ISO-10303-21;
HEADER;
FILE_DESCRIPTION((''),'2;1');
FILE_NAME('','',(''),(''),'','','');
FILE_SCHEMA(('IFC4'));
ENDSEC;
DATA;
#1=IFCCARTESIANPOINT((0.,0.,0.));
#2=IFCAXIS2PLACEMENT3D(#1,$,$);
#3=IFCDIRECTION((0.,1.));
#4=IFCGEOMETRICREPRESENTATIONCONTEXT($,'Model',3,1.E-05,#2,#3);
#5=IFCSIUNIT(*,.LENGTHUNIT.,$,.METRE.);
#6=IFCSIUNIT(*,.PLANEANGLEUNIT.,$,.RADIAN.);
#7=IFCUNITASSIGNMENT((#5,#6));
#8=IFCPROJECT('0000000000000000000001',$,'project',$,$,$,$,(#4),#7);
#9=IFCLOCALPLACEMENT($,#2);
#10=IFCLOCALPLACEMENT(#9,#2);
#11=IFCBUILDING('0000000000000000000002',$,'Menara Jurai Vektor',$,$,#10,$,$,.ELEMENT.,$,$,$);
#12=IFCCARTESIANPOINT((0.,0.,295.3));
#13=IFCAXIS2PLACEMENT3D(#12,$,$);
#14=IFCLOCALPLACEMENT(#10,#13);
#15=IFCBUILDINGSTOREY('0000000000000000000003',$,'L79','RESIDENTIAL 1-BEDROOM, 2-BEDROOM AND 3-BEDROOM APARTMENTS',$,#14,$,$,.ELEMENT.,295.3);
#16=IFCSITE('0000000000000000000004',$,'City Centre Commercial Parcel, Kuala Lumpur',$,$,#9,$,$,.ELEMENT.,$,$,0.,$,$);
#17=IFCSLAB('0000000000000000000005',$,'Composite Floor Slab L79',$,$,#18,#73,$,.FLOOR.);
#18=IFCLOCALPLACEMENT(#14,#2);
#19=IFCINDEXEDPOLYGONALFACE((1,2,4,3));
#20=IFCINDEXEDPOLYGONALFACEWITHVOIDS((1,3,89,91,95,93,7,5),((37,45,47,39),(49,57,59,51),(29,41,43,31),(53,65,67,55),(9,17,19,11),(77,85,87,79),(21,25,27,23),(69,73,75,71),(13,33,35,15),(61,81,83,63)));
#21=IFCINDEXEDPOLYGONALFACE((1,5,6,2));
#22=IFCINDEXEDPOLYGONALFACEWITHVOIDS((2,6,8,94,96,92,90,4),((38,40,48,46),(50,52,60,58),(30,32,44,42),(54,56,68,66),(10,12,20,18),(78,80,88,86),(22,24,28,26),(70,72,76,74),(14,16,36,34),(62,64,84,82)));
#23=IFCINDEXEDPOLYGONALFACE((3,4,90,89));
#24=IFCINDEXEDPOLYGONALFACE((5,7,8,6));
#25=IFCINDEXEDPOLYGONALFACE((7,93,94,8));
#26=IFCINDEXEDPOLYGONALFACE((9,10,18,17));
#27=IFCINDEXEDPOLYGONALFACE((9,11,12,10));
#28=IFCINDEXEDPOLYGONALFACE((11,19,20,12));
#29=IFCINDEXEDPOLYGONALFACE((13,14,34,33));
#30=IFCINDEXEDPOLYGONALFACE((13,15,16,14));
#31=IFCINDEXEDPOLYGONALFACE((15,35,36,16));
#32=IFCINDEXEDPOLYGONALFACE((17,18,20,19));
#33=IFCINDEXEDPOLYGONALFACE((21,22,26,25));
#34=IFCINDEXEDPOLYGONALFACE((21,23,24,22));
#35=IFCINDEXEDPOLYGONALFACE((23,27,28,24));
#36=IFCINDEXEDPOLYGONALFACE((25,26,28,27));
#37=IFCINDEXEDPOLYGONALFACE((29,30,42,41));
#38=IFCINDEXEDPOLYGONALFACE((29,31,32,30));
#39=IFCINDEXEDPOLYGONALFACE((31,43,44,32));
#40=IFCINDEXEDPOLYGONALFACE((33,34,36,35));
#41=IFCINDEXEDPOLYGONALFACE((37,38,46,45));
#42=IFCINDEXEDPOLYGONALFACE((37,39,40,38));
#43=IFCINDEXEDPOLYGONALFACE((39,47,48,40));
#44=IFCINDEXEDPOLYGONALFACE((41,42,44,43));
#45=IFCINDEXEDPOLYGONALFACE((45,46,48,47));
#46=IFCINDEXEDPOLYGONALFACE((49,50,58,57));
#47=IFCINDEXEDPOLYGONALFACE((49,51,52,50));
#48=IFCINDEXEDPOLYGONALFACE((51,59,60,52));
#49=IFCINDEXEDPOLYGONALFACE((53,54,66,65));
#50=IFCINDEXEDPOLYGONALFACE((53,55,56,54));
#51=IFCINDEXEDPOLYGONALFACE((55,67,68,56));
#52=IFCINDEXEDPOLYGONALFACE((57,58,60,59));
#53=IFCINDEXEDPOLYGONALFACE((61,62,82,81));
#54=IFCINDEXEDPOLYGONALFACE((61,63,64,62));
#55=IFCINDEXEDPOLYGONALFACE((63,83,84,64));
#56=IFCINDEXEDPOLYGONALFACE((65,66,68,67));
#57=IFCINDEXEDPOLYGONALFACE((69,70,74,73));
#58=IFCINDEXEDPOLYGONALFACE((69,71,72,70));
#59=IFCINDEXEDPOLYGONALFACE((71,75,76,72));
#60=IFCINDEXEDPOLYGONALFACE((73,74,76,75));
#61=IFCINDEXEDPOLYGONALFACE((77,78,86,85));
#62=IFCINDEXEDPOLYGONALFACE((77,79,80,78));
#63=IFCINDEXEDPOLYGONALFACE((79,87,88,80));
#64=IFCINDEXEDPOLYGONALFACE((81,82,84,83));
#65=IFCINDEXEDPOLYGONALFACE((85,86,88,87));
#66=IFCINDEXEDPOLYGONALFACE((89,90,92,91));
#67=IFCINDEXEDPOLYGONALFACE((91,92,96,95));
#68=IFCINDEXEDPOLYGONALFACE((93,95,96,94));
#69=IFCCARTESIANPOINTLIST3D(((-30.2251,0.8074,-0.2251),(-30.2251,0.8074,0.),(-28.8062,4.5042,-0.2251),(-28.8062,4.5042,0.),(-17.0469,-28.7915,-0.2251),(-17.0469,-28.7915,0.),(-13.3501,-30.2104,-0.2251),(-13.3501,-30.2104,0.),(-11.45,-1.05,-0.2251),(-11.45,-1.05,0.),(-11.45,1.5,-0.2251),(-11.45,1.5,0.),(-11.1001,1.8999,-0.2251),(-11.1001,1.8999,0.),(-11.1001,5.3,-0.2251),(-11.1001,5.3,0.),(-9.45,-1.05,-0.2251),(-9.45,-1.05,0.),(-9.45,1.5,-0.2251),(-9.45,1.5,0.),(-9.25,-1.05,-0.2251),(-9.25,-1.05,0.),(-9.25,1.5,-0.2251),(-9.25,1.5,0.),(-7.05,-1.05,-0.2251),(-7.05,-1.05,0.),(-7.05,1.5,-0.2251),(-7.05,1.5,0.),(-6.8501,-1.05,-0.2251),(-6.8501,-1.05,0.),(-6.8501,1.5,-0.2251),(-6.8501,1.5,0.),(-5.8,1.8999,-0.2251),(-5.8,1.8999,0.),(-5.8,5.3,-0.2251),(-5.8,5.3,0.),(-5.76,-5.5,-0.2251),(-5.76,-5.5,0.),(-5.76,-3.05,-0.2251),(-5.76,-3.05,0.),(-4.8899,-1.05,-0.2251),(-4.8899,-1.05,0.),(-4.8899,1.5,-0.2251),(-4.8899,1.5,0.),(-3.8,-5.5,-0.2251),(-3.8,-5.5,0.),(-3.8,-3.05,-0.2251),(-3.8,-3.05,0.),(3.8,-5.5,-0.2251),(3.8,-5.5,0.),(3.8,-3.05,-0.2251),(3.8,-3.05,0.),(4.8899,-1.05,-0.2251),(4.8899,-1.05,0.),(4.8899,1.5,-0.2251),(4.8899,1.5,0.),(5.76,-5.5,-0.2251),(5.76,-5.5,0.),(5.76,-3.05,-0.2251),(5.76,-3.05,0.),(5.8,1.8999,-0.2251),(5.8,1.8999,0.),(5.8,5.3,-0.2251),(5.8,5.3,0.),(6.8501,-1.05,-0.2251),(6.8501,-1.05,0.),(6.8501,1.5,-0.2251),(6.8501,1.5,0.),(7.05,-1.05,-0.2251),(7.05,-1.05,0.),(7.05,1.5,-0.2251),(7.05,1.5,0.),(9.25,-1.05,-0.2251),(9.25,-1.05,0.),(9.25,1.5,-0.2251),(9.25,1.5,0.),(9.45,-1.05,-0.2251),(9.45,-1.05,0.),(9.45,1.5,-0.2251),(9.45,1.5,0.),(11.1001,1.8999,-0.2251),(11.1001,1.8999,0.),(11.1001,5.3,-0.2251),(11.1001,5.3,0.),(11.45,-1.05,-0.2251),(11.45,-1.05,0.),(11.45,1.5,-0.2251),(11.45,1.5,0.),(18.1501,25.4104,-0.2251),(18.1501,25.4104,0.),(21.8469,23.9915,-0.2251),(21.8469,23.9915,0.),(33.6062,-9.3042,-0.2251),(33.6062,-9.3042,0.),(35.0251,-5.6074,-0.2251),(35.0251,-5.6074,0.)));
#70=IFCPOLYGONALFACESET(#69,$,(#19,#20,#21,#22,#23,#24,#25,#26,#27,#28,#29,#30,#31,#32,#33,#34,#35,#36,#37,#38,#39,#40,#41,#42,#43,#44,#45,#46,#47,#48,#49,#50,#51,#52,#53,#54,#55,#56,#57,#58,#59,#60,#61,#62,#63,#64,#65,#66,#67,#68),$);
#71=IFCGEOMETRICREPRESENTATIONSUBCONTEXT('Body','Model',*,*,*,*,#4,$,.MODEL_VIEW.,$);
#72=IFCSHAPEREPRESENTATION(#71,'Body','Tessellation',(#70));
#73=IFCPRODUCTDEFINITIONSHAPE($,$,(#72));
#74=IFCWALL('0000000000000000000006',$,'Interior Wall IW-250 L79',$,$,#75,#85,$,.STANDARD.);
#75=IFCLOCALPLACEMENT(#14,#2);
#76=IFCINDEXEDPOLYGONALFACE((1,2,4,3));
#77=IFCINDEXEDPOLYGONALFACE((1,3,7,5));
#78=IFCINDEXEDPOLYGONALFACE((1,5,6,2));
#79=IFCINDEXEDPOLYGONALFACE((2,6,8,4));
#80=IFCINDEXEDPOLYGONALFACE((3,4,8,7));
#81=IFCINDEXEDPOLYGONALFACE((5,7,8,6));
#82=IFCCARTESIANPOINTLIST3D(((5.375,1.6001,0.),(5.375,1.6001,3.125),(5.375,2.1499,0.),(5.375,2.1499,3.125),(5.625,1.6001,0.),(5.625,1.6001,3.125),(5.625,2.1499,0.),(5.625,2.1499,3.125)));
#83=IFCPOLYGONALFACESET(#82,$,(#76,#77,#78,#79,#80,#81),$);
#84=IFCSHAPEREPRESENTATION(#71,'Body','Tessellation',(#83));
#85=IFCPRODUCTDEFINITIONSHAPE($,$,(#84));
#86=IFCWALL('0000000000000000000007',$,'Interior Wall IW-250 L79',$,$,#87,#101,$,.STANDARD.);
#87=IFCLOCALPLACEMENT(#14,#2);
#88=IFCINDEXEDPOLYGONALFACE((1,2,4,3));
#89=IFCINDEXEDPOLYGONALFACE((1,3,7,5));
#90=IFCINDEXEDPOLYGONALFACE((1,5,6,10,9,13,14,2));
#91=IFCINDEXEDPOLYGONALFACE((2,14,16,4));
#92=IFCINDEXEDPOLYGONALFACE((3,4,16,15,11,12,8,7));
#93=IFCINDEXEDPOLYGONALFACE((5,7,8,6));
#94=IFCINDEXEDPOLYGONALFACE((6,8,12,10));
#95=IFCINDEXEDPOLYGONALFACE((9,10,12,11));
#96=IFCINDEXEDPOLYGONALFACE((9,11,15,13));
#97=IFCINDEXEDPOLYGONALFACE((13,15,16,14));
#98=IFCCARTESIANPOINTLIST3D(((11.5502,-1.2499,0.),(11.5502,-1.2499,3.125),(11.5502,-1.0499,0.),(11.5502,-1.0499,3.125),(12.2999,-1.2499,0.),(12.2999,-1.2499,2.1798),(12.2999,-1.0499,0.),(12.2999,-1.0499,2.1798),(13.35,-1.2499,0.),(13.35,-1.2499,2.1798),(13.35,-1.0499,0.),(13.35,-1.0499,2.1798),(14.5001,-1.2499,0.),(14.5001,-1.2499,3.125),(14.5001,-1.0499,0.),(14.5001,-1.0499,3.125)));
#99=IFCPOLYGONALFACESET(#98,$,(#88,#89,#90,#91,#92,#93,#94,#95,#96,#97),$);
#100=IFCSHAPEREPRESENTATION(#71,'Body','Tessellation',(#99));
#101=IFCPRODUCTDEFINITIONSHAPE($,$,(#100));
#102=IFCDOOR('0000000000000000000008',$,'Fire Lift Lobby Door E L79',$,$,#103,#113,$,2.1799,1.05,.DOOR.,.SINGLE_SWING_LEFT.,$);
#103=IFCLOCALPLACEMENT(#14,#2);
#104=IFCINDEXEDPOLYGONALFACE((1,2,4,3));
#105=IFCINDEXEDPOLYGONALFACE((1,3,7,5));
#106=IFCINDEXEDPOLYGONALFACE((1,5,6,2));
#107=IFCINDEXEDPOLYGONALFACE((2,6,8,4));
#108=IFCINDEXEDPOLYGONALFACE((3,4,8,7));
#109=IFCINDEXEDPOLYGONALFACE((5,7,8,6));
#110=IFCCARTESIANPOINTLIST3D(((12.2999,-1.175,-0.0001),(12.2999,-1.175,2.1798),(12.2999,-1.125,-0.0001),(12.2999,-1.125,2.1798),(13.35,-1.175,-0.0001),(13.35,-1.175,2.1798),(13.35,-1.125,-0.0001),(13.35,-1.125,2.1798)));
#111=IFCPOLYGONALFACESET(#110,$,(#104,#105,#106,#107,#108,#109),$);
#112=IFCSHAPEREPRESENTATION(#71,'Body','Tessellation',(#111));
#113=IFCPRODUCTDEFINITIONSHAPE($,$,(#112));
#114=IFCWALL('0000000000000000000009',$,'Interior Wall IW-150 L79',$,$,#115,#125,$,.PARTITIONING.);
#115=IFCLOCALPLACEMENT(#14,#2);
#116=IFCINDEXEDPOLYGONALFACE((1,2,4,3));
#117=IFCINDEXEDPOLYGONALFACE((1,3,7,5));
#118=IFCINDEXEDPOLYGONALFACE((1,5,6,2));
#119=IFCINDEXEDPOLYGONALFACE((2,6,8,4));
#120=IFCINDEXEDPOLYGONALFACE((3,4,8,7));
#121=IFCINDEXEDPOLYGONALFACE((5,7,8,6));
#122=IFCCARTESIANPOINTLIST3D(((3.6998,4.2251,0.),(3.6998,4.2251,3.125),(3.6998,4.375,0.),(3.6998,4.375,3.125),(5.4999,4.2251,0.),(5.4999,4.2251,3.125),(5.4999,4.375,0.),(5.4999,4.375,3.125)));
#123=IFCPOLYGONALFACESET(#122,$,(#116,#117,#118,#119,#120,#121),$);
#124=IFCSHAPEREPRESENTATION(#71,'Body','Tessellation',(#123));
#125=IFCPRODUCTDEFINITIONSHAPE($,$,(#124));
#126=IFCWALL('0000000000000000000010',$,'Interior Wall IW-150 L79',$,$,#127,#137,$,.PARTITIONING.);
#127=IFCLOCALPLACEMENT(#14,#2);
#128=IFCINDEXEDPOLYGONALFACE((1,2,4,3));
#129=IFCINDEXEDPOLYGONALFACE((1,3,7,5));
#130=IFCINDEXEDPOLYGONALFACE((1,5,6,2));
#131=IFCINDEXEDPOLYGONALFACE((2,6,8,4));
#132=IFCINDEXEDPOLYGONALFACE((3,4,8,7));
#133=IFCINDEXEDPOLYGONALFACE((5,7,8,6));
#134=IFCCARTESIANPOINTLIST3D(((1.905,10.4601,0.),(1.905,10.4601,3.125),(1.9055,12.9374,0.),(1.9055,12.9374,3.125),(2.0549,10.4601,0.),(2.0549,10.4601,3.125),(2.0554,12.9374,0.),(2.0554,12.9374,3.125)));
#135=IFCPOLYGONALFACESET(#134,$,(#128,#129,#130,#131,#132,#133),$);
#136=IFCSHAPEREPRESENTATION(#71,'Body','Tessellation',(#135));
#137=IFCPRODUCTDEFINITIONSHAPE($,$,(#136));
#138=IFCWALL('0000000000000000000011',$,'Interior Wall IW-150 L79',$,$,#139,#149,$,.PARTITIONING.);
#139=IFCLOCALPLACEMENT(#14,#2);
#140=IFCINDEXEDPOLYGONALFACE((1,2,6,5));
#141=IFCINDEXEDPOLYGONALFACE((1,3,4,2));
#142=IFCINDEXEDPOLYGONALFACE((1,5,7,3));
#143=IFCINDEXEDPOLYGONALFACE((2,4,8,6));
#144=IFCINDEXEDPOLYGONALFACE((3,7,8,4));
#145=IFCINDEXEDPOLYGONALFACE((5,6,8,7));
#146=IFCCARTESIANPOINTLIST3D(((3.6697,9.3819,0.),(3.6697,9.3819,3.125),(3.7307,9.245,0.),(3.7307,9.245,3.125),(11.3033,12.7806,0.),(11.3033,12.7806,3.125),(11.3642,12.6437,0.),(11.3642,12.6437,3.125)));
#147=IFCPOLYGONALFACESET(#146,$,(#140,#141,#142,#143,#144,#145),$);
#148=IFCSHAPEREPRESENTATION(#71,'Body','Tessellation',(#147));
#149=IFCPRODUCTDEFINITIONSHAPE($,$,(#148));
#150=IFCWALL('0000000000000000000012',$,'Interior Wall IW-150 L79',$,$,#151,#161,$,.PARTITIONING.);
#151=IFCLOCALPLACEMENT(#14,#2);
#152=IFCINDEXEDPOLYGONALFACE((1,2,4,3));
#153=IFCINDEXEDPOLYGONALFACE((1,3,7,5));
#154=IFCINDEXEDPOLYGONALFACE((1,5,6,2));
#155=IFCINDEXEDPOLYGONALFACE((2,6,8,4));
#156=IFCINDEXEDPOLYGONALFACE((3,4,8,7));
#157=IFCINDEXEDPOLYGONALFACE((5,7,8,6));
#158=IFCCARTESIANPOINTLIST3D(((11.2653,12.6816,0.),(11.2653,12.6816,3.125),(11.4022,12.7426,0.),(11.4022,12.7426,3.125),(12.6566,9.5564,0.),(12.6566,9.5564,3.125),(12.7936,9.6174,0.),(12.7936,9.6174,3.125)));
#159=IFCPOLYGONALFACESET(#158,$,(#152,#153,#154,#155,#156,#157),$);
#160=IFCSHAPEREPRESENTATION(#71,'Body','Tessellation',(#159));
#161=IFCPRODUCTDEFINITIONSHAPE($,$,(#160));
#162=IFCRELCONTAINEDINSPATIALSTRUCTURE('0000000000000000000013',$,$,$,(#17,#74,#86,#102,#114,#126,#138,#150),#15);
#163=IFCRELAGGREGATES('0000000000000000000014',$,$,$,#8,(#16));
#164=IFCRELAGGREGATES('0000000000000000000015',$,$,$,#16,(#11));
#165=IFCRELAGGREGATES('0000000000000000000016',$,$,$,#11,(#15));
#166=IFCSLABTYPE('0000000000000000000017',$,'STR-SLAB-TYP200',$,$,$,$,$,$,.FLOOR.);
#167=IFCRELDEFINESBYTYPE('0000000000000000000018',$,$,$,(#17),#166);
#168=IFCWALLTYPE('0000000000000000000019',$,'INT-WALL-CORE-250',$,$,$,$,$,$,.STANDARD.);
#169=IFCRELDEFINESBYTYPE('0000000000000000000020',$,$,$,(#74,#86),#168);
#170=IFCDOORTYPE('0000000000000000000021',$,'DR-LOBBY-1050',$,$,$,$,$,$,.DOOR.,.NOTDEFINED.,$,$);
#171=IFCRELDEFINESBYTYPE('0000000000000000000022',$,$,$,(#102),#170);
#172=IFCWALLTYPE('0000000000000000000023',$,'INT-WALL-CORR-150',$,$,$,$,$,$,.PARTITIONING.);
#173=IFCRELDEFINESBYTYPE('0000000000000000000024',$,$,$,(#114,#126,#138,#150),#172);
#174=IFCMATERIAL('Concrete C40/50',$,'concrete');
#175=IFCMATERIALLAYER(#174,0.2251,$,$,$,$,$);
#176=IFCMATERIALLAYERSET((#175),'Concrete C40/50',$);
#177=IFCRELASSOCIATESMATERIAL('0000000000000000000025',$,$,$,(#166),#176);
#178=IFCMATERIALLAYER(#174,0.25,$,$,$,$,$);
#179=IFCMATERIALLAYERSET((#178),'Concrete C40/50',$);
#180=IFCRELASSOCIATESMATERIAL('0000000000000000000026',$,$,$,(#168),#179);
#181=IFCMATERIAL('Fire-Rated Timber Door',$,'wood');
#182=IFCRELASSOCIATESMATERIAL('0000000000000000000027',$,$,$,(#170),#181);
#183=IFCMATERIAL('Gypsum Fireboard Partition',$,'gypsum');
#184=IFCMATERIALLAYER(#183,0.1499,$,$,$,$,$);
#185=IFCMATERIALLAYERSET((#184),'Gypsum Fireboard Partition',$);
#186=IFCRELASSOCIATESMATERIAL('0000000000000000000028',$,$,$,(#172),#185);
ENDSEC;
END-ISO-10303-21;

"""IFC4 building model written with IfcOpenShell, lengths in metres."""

from ifc_helpers import new_model, si_unit, direction, frame, frame_2d, origin, place, context, subcontext, project, spatial, polyline, rectangle, outline, extrude, material, layer, layer_set, type_object, element, fill, save


model = new_model("IFC4")

# Units and contexts
model_context = context("Model", 3, precision=1e-05, world=origin(), true_north=direction((0.0, 1.0)))
body_context = subcontext(model_context, "Body", "Model", "MODEL_VIEW")
ifc_project = project(units=[si_unit("LENGTHUNIT", "METRE"), si_unit("PLANEANGLEUNIT", "RADIAN")], contexts=[model_context])

# Site, building, storey
site_placement = place(None, origin())
site = spatial("IfcSite", under=ifc_project, at=site_placement, Name="City Centre Commercial Parcel, Kuala Lumpur", CompositionType="ELEMENT", RefElevation=0.0)
building_placement = place(site_placement, origin())
building = spatial("IfcBuilding", under=site, at=building_placement, Name="Menara Jurai Vektor", CompositionType="ELEMENT")
storey_placement = place(building_placement, frame((0.0, 0.0, 295.3)))
storey = spatial("IfcBuildingStorey", under=building, at=storey_placement, Name="L79", Description="RESIDENTIAL 1-BEDROOM, 2-BEDROOM AND 3-BEDROOM APARTMENTS", CompositionType="ELEMENT", Elevation=295.3)

# Shared definitions
ifc_material_1 = material(Name="Concrete C40/50", Category="concrete")

# Slab
ifc_layer_1 = layer(ifc_material_1, 0.2251)
ifc_layer_set_1 = layer_set([ifc_layer_1], Name="Concrete C40/50")
slab_type_1 = type_object("IfcSlabType", Name="STR-SLAB-TYP200", PredefinedType="FLOOR", material=ifc_layer_set_1)
slab_1_placement = place(storey_placement, frame((0.0, 0.0, -0.2251)))
element("IfcSlab", 1, at=slab_1_placement, inside=storey, type_object=slab_type_1, Name="Composite Floor Slab L79", PredefinedType="FLOOR", context=body_context, shape_type="SweptSolid", body=[
    extrude(outline(polyline([(-13.3501, -30.2104), (33.6062, -9.3042), (35.0251, -5.6074), (21.8469, 23.9915), (18.1501, 25.4104), (-28.8062, 4.5042), (-30.2251, 0.8074), (-17.0469, -28.7915), (-13.3501, -30.2104)]), holes=[polyline([(-11.1001, 1.8999), (-11.1001, 5.3), (-5.8, 5.3), (-5.8, 1.8999), (-11.1001, 1.8999)]), polyline([(5.8, 1.8999), (5.8, 5.3), (11.1001, 5.3), (11.1001, 1.8999), (5.8, 1.8999)]), polyline([(-11.45, -1.05), (-11.45, 1.5), (-9.45, 1.5), (-9.45, -1.05), (-11.45, -1.05)]), polyline([(9.45, -1.05), (9.45, 1.5), (11.45, 1.5), (11.45, -1.05), (9.45, -1.05)]), polyline([(-5.76, -5.5), (-5.76, -3.05), (-3.8, -3.05), (-3.8, -5.5), (-5.76, -5.5)]), polyline([(-6.8501, -1.05), (-6.8501, 1.5), (-4.8899, 1.5), (-4.8899, -1.05), (-6.8501, -1.05)]), polyline([(3.8, -5.5), (3.8, -3.05), (5.76, -3.05), (5.76, -5.5), (3.8, -5.5)]), polyline([(4.8899, -1.05), (4.8899, 1.5), (6.8501, 1.5), (6.8501, -1.05), (4.8899, -1.05)]), polyline([(-9.25, -1.05), (-9.25, 1.5), (-7.05, 1.5), (-7.05, -1.05), (-9.25, -1.05)]), polyline([(7.05, -1.05), (7.05, 1.5), (9.25, 1.5), (9.25, -1.05), (7.05, -1.05)])]), origin(), (0.0, 0.0, 1.0), 0.2251),
])

# Shared definitions
ifc_layer_2 = layer(ifc_material_1, 0.25)
ifc_layer_set_2 = layer_set([ifc_layer_2], Name="Concrete C40/50")
wall_type_1 = type_object("IfcWallType", Name="INT-WALL-CORE-250", PredefinedType="STANDARD", material=ifc_layer_set_2)

# Wall
wall_1_placement = place(storey_placement, frame((5.5, 1.6001, 0.0), z_axis=(0.0, 0.0, 1.0), x_axis=(0.0, 1.0, 0.0)))
element("IfcWall", 2, at=wall_1_placement, inside=storey, type_object=wall_type_1, Name="Interior Wall IW-250 L79", PredefinedType="STANDARD", context=body_context, shape_type="SweptSolid", body=[
    extrude(rectangle(XDim=0.5498, YDim=0.25, at=frame_2d((0.2749, 0.0))), origin(), (0.0, 0.0, 1.0), 3.125),
])

# Wall, opening, door
wall_2_placement = place(storey_placement, frame((11.55, -1.1499, 0.0), z_axis=(0.0, 0.0, 1.0), x_axis=(1.0, 0.0, 0.0)))
wall_2 = element("IfcWall", 3, at=wall_2_placement, inside=storey, type_object=wall_type_1, Name="Interior Wall IW-250 L79", PredefinedType="STANDARD", context=body_context, shape_type="SweptSolid", body=[
    extrude(rectangle(XDim=2.95, YDim=0.2, at=frame_2d((1.4751, 0.0))), origin(), (0.0, 0.0, 1.0), 3.125),
])
opening_1_placement = place(wall_2_placement, frame((0.75, 0.0, 0.0)))
opening_1 = element("IfcOpeningElement", 4, at=opening_1_placement, cuts=wall_2, PredefinedType="OPENING", context=body_context, shape_type="SweptSolid", body=[
    extrude(rectangle(XDim=1.05, YDim=2.1799, at=frame_2d((0.5249, 1.0898))), frame((0.0, 0.1099, 0.0), z_axis=(0.0, -1.0, 0.0), x_axis=(1.0, 0.0, 0.0)), (0.0, 0.0, 1.0), 0.22),
])
ifc_material_2 = material(Name="Fire-Rated Timber Door", Category="wood")
door_type_1 = type_object("IfcDoorType", Name="DR-LOBBY-1050", OperationType="NOTDEFINED", PredefinedType="DOOR", material=ifc_material_2)
door_1_placement = place(opening_1_placement, origin())
door_1 = element("IfcDoor", 5, at=door_1_placement, inside=storey, type_object=door_type_1, Name="Fire Lift Lobby Door E L79", OperationType="SINGLE_SWING_LEFT", OverallHeight=2.1799, OverallWidth=1.05, PredefinedType="DOOR", context=body_context, shape_type="SweptSolid", body=[
    extrude(rectangle(XDim=1.05, YDim=2.1799, at=frame_2d((0.5249, 1.0898))), frame((0.0, 0.0249, 0.0), z_axis=(0.0, -1.0, 0.0), x_axis=(1.0, 0.0, 0.0)), (0.0, 0.0, 1.0), 0.05),
])
fill(opening_1, door_1)

# Wall
ifc_material_3 = material(Name="Gypsum Fireboard Partition", Category="gypsum")
ifc_layer_3 = layer(ifc_material_3, 0.1499)
ifc_layer_set_3 = layer_set([ifc_layer_3], Name="Gypsum Fireboard Partition")
wall_type_2 = type_object("IfcWallType", Name="INT-WALL-CORR-150", PredefinedType="PARTITIONING", material=ifc_layer_set_3)
wall_3_placement = place(storey_placement, frame((3.7, 4.3, 0.0), z_axis=(0.0, 0.0, 1.0), x_axis=(1.0, 0.0, 0.0)))
element("IfcWall", 6, at=wall_3_placement, inside=storey, type_object=wall_type_2, Name="Interior Wall IW-150 L79", PredefinedType="PARTITIONING", context=body_context, shape_type="SweptSolid", body=[
    extrude(rectangle(XDim=1.8, YDim=0.1499, at=frame_2d((0.8999, 0.0))), origin(), (0.0, 0.0, 1.0), 3.125),
])

# Walls
wall_4_placement = place(storey_placement, frame((1.98, 10.46, 0.0), z_axis=(0.0, 0.0, 1.0), x_axis=(0.000197, 1.0, 0.0)))
element("IfcWall", 7, at=wall_4_placement, inside=storey, type_object=wall_type_2, Name="Interior Wall IW-150 L79", PredefinedType="PARTITIONING", context=body_context, shape_type="SweptSolid", body=[
    extrude(rectangle(XDim=2.4773, YDim=0.1499, at=frame_2d((1.2388, 0.0))), origin(), (0.0, 0.0, 1.0), 3.125),
])
wall_5_placement = place(storey_placement, frame((3.7002, 9.3135, 0.0), z_axis=(0.0, 0.0, 1.0), x_axis=(0.913545, 0.406737, 0.0)))
element("IfcWall", 8, at=wall_5_placement, inside=storey, type_object=wall_type_2, Name="Interior Wall IW-150 L79", PredefinedType="PARTITIONING", context=body_context, shape_type="SweptSolid", body=[
    extrude(rectangle(XDim=8.356, YDim=0.1499, at=frame_2d((4.178, 0.0))), origin(), (0.0, 0.0, 1.0), 3.125),
])
wall_6_placement = place(storey_placement, frame((12.7251, 9.5869, 0.0), z_axis=(0.0, 0.0, 1.0), x_axis=(-0.406714, 0.913555, 0.0)))
element("IfcWall", 9, at=wall_6_placement, inside=storey, type_object=wall_type_2, Name="Interior Wall IW-150 L79", PredefinedType="PARTITIONING", context=body_context, shape_type="SweptSolid", body=[
    extrude(rectangle(XDim=3.4209, YDim=0.1499, at=frame_2d((1.7104, 0.0))), origin(), (0.0, 0.0, 1.0), 3.125),
])

save(model, "model.ifc")
